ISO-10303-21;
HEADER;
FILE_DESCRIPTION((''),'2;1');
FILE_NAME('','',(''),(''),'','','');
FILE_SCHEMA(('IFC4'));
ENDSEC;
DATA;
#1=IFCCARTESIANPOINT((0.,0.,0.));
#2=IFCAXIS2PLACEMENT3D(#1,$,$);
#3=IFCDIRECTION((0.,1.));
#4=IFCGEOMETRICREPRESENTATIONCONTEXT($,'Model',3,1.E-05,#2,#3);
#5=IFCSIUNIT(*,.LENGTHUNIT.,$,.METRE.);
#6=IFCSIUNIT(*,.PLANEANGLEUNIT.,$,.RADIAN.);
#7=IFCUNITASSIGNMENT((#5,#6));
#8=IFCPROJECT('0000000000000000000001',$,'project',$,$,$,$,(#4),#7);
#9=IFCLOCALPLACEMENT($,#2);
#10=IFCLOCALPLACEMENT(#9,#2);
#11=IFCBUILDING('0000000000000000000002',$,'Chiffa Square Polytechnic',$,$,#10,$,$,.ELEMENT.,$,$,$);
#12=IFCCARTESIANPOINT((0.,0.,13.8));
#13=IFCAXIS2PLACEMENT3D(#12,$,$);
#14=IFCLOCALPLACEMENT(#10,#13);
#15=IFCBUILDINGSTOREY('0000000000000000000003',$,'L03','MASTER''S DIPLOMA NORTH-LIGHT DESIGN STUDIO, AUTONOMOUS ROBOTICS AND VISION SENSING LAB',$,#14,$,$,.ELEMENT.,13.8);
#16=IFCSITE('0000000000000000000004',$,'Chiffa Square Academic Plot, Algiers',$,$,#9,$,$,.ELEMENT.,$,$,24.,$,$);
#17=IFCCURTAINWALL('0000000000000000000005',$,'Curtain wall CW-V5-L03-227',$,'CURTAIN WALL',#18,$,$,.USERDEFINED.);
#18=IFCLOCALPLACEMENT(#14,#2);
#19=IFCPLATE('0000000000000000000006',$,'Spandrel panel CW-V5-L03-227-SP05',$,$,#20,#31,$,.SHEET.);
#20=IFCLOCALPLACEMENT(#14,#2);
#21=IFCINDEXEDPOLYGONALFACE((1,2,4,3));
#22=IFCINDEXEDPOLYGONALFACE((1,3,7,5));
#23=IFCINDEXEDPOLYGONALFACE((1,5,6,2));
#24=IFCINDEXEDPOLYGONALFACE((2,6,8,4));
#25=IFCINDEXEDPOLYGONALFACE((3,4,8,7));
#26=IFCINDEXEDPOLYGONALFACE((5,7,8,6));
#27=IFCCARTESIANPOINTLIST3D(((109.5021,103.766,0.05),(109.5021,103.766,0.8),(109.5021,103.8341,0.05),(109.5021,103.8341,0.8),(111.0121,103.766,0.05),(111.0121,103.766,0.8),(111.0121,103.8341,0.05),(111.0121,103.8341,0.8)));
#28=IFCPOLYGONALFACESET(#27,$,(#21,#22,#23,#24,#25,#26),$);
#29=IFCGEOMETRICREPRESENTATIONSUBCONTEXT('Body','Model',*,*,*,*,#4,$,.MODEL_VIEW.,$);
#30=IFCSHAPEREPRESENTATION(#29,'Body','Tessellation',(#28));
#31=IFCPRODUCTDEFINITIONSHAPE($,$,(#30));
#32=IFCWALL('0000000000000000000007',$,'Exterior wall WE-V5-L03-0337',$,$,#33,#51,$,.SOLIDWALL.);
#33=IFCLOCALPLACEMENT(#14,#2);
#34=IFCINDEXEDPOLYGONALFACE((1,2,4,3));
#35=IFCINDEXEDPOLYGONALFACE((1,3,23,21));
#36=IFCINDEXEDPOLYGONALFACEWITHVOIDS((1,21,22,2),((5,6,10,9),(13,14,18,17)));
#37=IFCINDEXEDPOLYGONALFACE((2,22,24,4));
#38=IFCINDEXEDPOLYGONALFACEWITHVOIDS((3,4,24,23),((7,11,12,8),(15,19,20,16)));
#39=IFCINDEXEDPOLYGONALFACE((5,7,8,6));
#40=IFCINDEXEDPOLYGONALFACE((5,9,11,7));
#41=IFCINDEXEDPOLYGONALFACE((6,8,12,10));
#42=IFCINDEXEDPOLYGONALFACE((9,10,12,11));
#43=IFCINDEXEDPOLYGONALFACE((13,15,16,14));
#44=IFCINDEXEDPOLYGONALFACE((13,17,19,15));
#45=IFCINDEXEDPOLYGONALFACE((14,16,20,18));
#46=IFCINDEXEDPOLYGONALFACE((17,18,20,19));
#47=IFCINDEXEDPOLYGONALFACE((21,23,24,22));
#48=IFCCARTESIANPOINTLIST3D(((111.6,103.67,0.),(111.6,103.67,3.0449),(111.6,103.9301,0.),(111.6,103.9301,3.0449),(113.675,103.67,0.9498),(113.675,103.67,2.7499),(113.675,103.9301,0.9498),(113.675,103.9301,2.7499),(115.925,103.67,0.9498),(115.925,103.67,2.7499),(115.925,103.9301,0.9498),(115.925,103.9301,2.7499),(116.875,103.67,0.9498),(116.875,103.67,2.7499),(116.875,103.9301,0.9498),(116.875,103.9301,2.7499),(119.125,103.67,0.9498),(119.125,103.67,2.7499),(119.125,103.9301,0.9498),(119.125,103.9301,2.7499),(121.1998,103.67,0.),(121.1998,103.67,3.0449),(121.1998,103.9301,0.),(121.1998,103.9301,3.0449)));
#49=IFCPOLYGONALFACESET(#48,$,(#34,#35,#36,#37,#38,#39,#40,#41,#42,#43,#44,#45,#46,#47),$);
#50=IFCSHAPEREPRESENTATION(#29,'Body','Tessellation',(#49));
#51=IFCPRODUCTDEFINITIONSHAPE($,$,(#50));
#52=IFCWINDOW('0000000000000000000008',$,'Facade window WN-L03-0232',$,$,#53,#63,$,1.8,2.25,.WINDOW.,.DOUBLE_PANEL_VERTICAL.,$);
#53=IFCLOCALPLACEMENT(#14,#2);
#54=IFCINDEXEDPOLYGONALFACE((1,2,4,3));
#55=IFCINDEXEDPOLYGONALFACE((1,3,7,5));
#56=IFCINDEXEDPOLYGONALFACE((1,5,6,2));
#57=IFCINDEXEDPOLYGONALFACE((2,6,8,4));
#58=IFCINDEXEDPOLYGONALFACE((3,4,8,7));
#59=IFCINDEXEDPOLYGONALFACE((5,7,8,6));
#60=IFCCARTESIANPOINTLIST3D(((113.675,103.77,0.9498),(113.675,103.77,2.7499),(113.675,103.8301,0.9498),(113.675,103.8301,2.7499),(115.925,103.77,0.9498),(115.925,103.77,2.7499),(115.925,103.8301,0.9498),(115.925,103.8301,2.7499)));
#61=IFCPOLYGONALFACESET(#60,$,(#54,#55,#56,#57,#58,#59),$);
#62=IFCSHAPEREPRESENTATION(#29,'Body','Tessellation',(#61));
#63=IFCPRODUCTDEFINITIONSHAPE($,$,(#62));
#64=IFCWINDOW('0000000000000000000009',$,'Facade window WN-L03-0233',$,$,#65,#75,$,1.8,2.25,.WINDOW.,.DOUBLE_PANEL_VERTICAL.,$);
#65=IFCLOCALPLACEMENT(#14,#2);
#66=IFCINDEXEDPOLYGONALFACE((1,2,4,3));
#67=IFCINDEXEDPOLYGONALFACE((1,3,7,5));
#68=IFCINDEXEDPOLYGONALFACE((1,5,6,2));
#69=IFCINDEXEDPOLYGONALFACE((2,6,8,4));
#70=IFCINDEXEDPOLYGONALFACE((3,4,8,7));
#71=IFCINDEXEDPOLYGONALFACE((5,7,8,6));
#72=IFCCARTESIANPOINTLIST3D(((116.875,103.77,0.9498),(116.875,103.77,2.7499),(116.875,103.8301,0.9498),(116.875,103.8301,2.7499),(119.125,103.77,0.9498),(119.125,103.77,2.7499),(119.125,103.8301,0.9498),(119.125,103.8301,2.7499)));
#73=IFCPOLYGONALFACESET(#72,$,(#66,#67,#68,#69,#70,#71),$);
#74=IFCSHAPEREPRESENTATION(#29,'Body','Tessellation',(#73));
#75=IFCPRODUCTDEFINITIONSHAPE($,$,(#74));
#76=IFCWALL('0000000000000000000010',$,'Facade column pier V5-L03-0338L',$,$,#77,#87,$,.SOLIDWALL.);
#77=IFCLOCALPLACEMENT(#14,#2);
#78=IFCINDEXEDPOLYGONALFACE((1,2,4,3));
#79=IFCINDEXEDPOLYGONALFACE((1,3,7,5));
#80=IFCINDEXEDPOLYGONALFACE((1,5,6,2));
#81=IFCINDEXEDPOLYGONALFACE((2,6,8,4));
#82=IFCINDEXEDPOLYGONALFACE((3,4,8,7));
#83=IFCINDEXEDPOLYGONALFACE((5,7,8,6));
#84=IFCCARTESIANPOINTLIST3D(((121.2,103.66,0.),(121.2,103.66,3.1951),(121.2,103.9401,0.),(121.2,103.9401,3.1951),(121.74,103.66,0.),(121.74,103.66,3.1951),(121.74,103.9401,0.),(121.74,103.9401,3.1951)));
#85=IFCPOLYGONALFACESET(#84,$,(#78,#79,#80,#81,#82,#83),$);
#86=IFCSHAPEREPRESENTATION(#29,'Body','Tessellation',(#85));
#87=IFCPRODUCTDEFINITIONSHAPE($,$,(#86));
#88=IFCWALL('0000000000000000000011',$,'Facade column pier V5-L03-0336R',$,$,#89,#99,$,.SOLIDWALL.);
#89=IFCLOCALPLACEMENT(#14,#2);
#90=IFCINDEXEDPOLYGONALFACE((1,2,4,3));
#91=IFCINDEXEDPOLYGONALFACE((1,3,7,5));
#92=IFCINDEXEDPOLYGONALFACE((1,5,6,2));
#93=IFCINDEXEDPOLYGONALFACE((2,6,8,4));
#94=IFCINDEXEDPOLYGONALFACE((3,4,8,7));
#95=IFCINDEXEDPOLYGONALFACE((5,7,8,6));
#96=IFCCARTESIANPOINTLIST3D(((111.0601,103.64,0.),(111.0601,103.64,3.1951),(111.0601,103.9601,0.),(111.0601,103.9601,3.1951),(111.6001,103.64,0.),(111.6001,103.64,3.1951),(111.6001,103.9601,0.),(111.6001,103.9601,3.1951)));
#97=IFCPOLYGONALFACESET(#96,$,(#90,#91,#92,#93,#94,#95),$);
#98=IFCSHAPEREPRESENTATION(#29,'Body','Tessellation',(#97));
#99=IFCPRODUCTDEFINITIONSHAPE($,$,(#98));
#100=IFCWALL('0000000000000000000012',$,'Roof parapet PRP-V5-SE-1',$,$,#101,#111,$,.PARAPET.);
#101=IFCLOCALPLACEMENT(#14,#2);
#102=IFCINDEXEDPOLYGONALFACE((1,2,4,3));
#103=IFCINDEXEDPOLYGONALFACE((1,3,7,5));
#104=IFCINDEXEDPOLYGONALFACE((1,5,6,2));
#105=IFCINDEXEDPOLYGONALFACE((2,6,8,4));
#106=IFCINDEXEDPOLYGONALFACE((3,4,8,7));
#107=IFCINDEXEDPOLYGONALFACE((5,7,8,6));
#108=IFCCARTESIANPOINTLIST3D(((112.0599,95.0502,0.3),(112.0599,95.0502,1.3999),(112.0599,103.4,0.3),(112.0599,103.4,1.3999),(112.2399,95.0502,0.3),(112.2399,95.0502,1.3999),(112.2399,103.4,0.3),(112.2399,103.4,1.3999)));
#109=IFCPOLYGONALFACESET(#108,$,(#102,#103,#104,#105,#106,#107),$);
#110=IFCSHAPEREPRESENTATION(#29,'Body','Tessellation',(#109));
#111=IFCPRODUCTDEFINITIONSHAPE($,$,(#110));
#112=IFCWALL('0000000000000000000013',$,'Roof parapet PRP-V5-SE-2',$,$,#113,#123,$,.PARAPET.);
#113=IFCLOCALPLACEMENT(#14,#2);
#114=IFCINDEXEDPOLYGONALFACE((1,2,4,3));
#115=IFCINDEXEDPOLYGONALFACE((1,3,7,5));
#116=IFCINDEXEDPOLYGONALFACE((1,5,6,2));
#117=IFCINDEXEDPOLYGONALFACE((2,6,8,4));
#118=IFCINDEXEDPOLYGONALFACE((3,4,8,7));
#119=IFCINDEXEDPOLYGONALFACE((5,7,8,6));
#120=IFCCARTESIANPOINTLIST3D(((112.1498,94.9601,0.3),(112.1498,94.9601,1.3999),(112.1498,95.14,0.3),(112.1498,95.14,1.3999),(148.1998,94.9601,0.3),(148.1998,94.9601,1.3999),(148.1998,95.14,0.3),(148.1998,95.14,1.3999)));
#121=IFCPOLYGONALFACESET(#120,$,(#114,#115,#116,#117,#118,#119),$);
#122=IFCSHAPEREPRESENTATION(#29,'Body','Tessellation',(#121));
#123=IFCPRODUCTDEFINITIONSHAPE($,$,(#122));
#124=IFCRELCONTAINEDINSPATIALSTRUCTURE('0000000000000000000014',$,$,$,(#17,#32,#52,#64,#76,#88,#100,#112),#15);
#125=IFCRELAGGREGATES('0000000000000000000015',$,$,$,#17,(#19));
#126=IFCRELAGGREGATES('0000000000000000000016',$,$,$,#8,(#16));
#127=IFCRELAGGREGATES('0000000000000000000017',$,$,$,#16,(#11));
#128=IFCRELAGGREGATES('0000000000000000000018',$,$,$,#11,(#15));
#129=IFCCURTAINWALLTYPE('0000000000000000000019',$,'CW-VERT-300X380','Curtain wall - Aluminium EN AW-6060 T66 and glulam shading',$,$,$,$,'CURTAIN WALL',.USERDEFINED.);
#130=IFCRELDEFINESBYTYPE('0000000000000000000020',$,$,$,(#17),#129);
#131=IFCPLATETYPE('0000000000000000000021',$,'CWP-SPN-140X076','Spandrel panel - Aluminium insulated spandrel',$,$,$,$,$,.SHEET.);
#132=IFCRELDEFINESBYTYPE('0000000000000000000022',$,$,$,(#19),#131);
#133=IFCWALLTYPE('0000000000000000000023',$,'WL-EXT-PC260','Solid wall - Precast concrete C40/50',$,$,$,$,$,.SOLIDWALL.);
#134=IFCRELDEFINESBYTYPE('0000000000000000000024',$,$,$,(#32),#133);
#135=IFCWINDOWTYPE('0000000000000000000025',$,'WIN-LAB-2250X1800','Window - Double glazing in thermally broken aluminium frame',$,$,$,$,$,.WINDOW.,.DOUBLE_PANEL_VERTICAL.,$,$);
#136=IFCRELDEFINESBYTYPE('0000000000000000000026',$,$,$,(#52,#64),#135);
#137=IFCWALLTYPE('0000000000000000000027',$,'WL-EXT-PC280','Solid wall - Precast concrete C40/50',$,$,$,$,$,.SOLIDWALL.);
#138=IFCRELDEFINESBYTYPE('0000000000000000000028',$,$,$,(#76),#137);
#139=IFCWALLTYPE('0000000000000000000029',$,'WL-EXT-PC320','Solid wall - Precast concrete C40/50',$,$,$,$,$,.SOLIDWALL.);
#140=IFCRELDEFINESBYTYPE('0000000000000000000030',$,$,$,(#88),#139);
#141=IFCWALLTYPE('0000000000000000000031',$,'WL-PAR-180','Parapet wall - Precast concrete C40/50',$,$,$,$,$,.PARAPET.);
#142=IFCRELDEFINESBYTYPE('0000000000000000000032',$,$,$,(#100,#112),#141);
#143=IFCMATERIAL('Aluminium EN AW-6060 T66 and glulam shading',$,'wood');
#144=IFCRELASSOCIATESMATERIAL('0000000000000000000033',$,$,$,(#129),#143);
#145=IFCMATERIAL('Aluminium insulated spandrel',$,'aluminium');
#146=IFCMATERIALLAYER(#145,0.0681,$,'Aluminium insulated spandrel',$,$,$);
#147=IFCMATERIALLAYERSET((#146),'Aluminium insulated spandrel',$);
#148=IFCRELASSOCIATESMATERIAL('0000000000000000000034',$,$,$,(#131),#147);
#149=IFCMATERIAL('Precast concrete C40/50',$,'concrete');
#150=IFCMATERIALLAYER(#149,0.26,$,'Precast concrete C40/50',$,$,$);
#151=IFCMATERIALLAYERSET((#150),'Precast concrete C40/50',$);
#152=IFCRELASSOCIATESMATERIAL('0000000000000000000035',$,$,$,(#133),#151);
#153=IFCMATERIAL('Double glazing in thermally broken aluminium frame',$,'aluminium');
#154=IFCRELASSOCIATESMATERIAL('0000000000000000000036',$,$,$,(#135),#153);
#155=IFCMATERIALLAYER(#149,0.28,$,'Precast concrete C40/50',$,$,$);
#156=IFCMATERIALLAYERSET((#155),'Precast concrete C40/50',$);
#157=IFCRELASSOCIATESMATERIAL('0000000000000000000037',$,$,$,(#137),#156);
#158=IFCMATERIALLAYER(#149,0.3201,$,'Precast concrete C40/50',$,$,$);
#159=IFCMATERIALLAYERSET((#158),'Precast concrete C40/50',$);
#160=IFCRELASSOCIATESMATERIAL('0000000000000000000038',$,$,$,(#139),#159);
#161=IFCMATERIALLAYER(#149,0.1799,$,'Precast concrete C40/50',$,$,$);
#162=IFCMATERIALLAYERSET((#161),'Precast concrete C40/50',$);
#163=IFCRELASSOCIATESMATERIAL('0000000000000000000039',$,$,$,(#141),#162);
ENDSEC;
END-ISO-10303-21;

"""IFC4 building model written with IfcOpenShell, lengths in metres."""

from ifc_helpers import new_model, si_unit, direction, frame, frame_2d, origin, origin_2d, place, context, subcontext, project, spatial, rectangle, extrude, material, layer, layer_set, type_object, element, fill, aggregate, save


model = new_model("IFC4")

# Units and contexts
model_context = context("Model", 3, precision=1e-05, world=origin(), true_north=direction((0.0, 1.0)))
body_context = subcontext(model_context, "Body", "Model", "MODEL_VIEW")
ifc_project = project(units=[si_unit("LENGTHUNIT", "METRE"), si_unit("PLANEANGLEUNIT", "RADIAN")], contexts=[model_context])

# Site, building, storey
site_placement = place(None, origin())
site = spatial("IfcSite", under=ifc_project, at=site_placement, Name="Chiffa Square Academic Plot, Algiers", CompositionType="ELEMENT", RefElevation=24.0)
building_placement = place(site_placement, origin())
building = spatial("IfcBuilding", under=site, at=building_placement, Name="Chiffa Square Polytechnic", CompositionType="ELEMENT")
storey_placement = place(building_placement, frame((0.0, 0.0, 13.8)))
storey = spatial("IfcBuildingStorey", under=building, at=storey_placement, Name="L03", Description="MASTER'S DIPLOMA NORTH-LIGHT DESIGN STUDIO, AUTONOMOUS ROBOTICS AND VISION SENSING LAB", CompositionType="ELEMENT", Elevation=13.8)

# Curtain wall
ifc_material_1 = material(Name="Aluminium EN AW-6060 T66 and glulam shading", Category="wood")
curtain_wall_type_1 = type_object("IfcCurtainWallType", Name="CW-VERT-300X380", Description="Curtain wall - Aluminium EN AW-6060 T66 and glulam shading", ElementType="CURTAIN WALL", PredefinedType="USERDEFINED", material=ifc_material_1)
curtain_wall_1_placement = place(storey_placement, origin())
curtain_wall_1 = element("IfcCurtainWall", 1, at=curtain_wall_1_placement, inside=storey, type_object=curtain_wall_type_1, Name="Curtain wall CW-V5-L03-227", ObjectType="CURTAIN WALL", PredefinedType="USERDEFINED")

# Plate
ifc_material_2 = material(Name="Aluminium insulated spandrel", Category="aluminium")
ifc_layer_1 = layer(ifc_material_2, 0.0681, Name="Aluminium insulated spandrel")
ifc_layer_set_1 = layer_set([ifc_layer_1], Name="Aluminium insulated spandrel")
plate_type_1 = type_object("IfcPlateType", Name="CWP-SPN-140X076", Description="Spandrel panel - Aluminium insulated spandrel", PredefinedType="SHEET", material=ifc_layer_set_1)
plate_1_placement = place(storey_placement, frame((110.2571, 103.8, 0.05), z_axis=(0.0, 0.0, 1.0), x_axis=(1.0, 0.0, 0.0)))
plate_1 = element("IfcPlate", 2, at=plate_1_placement, type_object=plate_type_1, Name="Spandrel panel CW-V5-L03-227-SP05", PredefinedType="SHEET", context=body_context, shape_type="SweptSolid", body=[
    extrude(rectangle(XDim=1.51, YDim=0.0681, at=origin_2d()), origin(), (0.0, 0.0, 1.0), 0.75),
])
aggregate(curtain_wall_1, [plate_1])

# Wall, openings, windows
ifc_material_3 = material(Name="Precast concrete C40/50", Category="concrete")
ifc_layer_2 = layer(ifc_material_3, 0.26, Name="Precast concrete C40/50")
ifc_layer_set_2 = layer_set([ifc_layer_2], Name="Precast concrete C40/50")
wall_type_1 = type_object("IfcWallType", Name="WL-EXT-PC260", Description="Solid wall - Precast concrete C40/50", PredefinedType="SOLIDWALL", material=ifc_layer_set_2)
wall_1_placement = place(storey_placement, frame((111.6001, 103.8, 0.0), z_axis=(0.0, 0.0, 1.0), x_axis=(1.0, 0.0, 0.0)))
wall_1 = element("IfcWall", 3, at=wall_1_placement, inside=storey, type_object=wall_type_1, Name="Exterior wall WE-V5-L03-0337", PredefinedType="SOLIDWALL", context=body_context, shape_type="SweptSolid", body=[
    extrude(rectangle(XDim=9.5999, YDim=0.26, at=frame_2d((4.7998, 0.0))), origin(), (0.0, 0.0, 1.0), 3.0449),
])
opening_1_placement = place(wall_1_placement, frame((2.075, 0.0, 0.95)))
opening_1 = element("IfcOpeningElement", 4, at=opening_1_placement, cuts=wall_1, PredefinedType="OPENING", context=body_context, shape_type="SweptSolid", body=[
    extrude(rectangle(XDim=2.25, YDim=1.8, at=frame_2d((1.125, 0.8999))), frame((0.0, 0.1401, 0.0), z_axis=(0.0, -1.0, 0.0), x_axis=(1.0, 0.0, 0.0)), (0.0, 0.0, 1.0), 0.28),
])
opening_2_placement = place(wall_1_placement, frame((5.2749, 0.0, 0.95)))
opening_2 = element("IfcOpeningElement", 5, at=opening_2_placement, cuts=wall_1, PredefinedType="OPENING", context=body_context, shape_type="SweptSolid", body=[
    extrude(rectangle(XDim=2.25, YDim=1.8, at=frame_2d((1.125, 0.8999))), frame((0.0, 0.1401, 0.0), z_axis=(0.0, -1.0, 0.0), x_axis=(1.0, 0.0, 0.0)), (0.0, 0.0, 1.0), 0.28),
])
ifc_material_4 = material(Name="Double glazing in thermally broken aluminium frame", Category="aluminium")
window_type = type_object("IfcWindowType", Name="WIN-LAB-2250X1800", Description="Window - Double glazing in thermally broken aluminium frame", PartitioningType="DOUBLE_PANEL_VERTICAL", PredefinedType="WINDOW", material=ifc_material_4)
window_1_placement = place(opening_1_placement, origin())
window_1 = element("IfcWindow", 6, at=window_1_placement, inside=storey, type_object=window_type, Name="Facade window WN-L03-0232", OverallHeight=1.8, OverallWidth=2.25, PartitioningType="DOUBLE_PANEL_VERTICAL", PredefinedType="WINDOW", context=body_context, shape_type="SweptSolid", body=[
    extrude(rectangle(XDim=2.25, YDim=1.8, at=frame_2d((1.125, 0.8999))), frame((0.0, 0.03, 0.0), z_axis=(0.0, -1.0, 0.0), x_axis=(1.0, 0.0, 0.0)), (0.0, 0.0, 1.0), 0.0601),
])
fill(opening_1, window_1)
window_2_placement = place(opening_2_placement, origin())
window_2 = element("IfcWindow", 7, at=window_2_placement, inside=storey, type_object=window_type, Name="Facade window WN-L03-0233", OverallHeight=1.8, OverallWidth=2.25, PartitioningType="DOUBLE_PANEL_VERTICAL", PredefinedType="WINDOW", context=body_context, shape_type="SweptSolid", body=[
    extrude(rectangle(XDim=2.25, YDim=1.8, at=frame_2d((1.125, 0.8999))), frame((0.0, 0.03, 0.0), z_axis=(0.0, -1.0, 0.0), x_axis=(1.0, 0.0, 0.0)), (0.0, 0.0, 1.0), 0.0601),
])
fill(opening_2, window_2)

# Walls
ifc_layer_3 = layer(ifc_material_3, 0.28, Name="Precast concrete C40/50")
ifc_layer_set_3 = layer_set([ifc_layer_3], Name="Precast concrete C40/50")
wall_type_2 = type_object("IfcWallType", Name="WL-EXT-PC280", Description="Solid wall - Precast concrete C40/50", PredefinedType="SOLIDWALL", material=ifc_layer_set_3)
wall_2_placement = place(storey_placement, frame((121.2, 103.8, 0.0), z_axis=(0.0, 0.0, 1.0), x_axis=(1.0, 0.0, 0.0)))
element("IfcWall", 8, at=wall_2_placement, inside=storey, type_object=wall_type_2, Name="Facade column pier V5-L03-0338L", PredefinedType="SOLIDWALL", context=body_context, shape_type="SweptSolid", body=[
    extrude(rectangle(XDim=0.54, YDim=0.28, at=frame_2d((0.27, 0.0))), origin(), (0.0, 0.0, 1.0), 3.1951),
])
ifc_layer_4 = layer(ifc_material_3, 0.3201, Name="Precast concrete C40/50")
ifc_layer_set_4 = layer_set([ifc_layer_4], Name="Precast concrete C40/50")
wall_type_3 = type_object("IfcWallType", Name="WL-EXT-PC320", Description="Solid wall - Precast concrete C40/50", PredefinedType="SOLIDWALL", material=ifc_layer_set_4)
wall_3_placement = place(storey_placement, frame((111.0601, 103.8, 0.0), z_axis=(0.0, 0.0, 1.0), x_axis=(1.0, 0.0, 0.0)))
element("IfcWall", 9, at=wall_3_placement, inside=storey, type_object=wall_type_3, Name="Facade column pier V5-L03-0336R", PredefinedType="SOLIDWALL", context=body_context, shape_type="SweptSolid", body=[
    extrude(rectangle(XDim=0.54, YDim=0.3201, at=frame_2d((0.27, 0.0))), origin(), (0.0, 0.0, 1.0), 3.1951),
])
ifc_layer_5 = layer(ifc_material_3, 0.1799, Name="Precast concrete C40/50")
ifc_layer_set_5 = layer_set([ifc_layer_5], Name="Precast concrete C40/50")
wall_type_4 = type_object("IfcWallType", Name="WL-PAR-180", Description="Parapet wall - Precast concrete C40/50", PredefinedType="PARAPET", material=ifc_layer_set_5)
wall_4_placement = place(storey_placement, frame((112.1499, 103.3999, 0.3), z_axis=(0.0, 0.0, 1.0), x_axis=(0.0, -1.0, 0.0)))
element("IfcWall", 10, at=wall_4_placement, inside=storey, type_object=wall_type_4, Name="Roof parapet PRP-V5-SE-1", PredefinedType="PARAPET", context=body_context, shape_type="SweptSolid", body=[
    extrude(rectangle(XDim=8.3499, YDim=0.1799, at=frame_2d((4.1748, 0.0))), origin(), (0.0, 0.0, 1.0), 1.0999),
])
wall_5_placement = place(storey_placement, frame((112.1499, 95.05, 0.3), z_axis=(0.0, 0.0, 1.0), x_axis=(1.0, 0.0, 0.0)))
element("IfcWall", 11, at=wall_5_placement, inside=storey, type_object=wall_type_4, Name="Roof parapet PRP-V5-SE-2", PredefinedType="PARAPET", context=body_context, shape_type="SweptSolid", body=[
    extrude(rectangle(XDim=36.05, YDim=0.1799, at=frame_2d((18.0249, 0.0))), origin(), (0.0, 0.0, 1.0), 1.0999),
])

save(model, "model.ifc")
